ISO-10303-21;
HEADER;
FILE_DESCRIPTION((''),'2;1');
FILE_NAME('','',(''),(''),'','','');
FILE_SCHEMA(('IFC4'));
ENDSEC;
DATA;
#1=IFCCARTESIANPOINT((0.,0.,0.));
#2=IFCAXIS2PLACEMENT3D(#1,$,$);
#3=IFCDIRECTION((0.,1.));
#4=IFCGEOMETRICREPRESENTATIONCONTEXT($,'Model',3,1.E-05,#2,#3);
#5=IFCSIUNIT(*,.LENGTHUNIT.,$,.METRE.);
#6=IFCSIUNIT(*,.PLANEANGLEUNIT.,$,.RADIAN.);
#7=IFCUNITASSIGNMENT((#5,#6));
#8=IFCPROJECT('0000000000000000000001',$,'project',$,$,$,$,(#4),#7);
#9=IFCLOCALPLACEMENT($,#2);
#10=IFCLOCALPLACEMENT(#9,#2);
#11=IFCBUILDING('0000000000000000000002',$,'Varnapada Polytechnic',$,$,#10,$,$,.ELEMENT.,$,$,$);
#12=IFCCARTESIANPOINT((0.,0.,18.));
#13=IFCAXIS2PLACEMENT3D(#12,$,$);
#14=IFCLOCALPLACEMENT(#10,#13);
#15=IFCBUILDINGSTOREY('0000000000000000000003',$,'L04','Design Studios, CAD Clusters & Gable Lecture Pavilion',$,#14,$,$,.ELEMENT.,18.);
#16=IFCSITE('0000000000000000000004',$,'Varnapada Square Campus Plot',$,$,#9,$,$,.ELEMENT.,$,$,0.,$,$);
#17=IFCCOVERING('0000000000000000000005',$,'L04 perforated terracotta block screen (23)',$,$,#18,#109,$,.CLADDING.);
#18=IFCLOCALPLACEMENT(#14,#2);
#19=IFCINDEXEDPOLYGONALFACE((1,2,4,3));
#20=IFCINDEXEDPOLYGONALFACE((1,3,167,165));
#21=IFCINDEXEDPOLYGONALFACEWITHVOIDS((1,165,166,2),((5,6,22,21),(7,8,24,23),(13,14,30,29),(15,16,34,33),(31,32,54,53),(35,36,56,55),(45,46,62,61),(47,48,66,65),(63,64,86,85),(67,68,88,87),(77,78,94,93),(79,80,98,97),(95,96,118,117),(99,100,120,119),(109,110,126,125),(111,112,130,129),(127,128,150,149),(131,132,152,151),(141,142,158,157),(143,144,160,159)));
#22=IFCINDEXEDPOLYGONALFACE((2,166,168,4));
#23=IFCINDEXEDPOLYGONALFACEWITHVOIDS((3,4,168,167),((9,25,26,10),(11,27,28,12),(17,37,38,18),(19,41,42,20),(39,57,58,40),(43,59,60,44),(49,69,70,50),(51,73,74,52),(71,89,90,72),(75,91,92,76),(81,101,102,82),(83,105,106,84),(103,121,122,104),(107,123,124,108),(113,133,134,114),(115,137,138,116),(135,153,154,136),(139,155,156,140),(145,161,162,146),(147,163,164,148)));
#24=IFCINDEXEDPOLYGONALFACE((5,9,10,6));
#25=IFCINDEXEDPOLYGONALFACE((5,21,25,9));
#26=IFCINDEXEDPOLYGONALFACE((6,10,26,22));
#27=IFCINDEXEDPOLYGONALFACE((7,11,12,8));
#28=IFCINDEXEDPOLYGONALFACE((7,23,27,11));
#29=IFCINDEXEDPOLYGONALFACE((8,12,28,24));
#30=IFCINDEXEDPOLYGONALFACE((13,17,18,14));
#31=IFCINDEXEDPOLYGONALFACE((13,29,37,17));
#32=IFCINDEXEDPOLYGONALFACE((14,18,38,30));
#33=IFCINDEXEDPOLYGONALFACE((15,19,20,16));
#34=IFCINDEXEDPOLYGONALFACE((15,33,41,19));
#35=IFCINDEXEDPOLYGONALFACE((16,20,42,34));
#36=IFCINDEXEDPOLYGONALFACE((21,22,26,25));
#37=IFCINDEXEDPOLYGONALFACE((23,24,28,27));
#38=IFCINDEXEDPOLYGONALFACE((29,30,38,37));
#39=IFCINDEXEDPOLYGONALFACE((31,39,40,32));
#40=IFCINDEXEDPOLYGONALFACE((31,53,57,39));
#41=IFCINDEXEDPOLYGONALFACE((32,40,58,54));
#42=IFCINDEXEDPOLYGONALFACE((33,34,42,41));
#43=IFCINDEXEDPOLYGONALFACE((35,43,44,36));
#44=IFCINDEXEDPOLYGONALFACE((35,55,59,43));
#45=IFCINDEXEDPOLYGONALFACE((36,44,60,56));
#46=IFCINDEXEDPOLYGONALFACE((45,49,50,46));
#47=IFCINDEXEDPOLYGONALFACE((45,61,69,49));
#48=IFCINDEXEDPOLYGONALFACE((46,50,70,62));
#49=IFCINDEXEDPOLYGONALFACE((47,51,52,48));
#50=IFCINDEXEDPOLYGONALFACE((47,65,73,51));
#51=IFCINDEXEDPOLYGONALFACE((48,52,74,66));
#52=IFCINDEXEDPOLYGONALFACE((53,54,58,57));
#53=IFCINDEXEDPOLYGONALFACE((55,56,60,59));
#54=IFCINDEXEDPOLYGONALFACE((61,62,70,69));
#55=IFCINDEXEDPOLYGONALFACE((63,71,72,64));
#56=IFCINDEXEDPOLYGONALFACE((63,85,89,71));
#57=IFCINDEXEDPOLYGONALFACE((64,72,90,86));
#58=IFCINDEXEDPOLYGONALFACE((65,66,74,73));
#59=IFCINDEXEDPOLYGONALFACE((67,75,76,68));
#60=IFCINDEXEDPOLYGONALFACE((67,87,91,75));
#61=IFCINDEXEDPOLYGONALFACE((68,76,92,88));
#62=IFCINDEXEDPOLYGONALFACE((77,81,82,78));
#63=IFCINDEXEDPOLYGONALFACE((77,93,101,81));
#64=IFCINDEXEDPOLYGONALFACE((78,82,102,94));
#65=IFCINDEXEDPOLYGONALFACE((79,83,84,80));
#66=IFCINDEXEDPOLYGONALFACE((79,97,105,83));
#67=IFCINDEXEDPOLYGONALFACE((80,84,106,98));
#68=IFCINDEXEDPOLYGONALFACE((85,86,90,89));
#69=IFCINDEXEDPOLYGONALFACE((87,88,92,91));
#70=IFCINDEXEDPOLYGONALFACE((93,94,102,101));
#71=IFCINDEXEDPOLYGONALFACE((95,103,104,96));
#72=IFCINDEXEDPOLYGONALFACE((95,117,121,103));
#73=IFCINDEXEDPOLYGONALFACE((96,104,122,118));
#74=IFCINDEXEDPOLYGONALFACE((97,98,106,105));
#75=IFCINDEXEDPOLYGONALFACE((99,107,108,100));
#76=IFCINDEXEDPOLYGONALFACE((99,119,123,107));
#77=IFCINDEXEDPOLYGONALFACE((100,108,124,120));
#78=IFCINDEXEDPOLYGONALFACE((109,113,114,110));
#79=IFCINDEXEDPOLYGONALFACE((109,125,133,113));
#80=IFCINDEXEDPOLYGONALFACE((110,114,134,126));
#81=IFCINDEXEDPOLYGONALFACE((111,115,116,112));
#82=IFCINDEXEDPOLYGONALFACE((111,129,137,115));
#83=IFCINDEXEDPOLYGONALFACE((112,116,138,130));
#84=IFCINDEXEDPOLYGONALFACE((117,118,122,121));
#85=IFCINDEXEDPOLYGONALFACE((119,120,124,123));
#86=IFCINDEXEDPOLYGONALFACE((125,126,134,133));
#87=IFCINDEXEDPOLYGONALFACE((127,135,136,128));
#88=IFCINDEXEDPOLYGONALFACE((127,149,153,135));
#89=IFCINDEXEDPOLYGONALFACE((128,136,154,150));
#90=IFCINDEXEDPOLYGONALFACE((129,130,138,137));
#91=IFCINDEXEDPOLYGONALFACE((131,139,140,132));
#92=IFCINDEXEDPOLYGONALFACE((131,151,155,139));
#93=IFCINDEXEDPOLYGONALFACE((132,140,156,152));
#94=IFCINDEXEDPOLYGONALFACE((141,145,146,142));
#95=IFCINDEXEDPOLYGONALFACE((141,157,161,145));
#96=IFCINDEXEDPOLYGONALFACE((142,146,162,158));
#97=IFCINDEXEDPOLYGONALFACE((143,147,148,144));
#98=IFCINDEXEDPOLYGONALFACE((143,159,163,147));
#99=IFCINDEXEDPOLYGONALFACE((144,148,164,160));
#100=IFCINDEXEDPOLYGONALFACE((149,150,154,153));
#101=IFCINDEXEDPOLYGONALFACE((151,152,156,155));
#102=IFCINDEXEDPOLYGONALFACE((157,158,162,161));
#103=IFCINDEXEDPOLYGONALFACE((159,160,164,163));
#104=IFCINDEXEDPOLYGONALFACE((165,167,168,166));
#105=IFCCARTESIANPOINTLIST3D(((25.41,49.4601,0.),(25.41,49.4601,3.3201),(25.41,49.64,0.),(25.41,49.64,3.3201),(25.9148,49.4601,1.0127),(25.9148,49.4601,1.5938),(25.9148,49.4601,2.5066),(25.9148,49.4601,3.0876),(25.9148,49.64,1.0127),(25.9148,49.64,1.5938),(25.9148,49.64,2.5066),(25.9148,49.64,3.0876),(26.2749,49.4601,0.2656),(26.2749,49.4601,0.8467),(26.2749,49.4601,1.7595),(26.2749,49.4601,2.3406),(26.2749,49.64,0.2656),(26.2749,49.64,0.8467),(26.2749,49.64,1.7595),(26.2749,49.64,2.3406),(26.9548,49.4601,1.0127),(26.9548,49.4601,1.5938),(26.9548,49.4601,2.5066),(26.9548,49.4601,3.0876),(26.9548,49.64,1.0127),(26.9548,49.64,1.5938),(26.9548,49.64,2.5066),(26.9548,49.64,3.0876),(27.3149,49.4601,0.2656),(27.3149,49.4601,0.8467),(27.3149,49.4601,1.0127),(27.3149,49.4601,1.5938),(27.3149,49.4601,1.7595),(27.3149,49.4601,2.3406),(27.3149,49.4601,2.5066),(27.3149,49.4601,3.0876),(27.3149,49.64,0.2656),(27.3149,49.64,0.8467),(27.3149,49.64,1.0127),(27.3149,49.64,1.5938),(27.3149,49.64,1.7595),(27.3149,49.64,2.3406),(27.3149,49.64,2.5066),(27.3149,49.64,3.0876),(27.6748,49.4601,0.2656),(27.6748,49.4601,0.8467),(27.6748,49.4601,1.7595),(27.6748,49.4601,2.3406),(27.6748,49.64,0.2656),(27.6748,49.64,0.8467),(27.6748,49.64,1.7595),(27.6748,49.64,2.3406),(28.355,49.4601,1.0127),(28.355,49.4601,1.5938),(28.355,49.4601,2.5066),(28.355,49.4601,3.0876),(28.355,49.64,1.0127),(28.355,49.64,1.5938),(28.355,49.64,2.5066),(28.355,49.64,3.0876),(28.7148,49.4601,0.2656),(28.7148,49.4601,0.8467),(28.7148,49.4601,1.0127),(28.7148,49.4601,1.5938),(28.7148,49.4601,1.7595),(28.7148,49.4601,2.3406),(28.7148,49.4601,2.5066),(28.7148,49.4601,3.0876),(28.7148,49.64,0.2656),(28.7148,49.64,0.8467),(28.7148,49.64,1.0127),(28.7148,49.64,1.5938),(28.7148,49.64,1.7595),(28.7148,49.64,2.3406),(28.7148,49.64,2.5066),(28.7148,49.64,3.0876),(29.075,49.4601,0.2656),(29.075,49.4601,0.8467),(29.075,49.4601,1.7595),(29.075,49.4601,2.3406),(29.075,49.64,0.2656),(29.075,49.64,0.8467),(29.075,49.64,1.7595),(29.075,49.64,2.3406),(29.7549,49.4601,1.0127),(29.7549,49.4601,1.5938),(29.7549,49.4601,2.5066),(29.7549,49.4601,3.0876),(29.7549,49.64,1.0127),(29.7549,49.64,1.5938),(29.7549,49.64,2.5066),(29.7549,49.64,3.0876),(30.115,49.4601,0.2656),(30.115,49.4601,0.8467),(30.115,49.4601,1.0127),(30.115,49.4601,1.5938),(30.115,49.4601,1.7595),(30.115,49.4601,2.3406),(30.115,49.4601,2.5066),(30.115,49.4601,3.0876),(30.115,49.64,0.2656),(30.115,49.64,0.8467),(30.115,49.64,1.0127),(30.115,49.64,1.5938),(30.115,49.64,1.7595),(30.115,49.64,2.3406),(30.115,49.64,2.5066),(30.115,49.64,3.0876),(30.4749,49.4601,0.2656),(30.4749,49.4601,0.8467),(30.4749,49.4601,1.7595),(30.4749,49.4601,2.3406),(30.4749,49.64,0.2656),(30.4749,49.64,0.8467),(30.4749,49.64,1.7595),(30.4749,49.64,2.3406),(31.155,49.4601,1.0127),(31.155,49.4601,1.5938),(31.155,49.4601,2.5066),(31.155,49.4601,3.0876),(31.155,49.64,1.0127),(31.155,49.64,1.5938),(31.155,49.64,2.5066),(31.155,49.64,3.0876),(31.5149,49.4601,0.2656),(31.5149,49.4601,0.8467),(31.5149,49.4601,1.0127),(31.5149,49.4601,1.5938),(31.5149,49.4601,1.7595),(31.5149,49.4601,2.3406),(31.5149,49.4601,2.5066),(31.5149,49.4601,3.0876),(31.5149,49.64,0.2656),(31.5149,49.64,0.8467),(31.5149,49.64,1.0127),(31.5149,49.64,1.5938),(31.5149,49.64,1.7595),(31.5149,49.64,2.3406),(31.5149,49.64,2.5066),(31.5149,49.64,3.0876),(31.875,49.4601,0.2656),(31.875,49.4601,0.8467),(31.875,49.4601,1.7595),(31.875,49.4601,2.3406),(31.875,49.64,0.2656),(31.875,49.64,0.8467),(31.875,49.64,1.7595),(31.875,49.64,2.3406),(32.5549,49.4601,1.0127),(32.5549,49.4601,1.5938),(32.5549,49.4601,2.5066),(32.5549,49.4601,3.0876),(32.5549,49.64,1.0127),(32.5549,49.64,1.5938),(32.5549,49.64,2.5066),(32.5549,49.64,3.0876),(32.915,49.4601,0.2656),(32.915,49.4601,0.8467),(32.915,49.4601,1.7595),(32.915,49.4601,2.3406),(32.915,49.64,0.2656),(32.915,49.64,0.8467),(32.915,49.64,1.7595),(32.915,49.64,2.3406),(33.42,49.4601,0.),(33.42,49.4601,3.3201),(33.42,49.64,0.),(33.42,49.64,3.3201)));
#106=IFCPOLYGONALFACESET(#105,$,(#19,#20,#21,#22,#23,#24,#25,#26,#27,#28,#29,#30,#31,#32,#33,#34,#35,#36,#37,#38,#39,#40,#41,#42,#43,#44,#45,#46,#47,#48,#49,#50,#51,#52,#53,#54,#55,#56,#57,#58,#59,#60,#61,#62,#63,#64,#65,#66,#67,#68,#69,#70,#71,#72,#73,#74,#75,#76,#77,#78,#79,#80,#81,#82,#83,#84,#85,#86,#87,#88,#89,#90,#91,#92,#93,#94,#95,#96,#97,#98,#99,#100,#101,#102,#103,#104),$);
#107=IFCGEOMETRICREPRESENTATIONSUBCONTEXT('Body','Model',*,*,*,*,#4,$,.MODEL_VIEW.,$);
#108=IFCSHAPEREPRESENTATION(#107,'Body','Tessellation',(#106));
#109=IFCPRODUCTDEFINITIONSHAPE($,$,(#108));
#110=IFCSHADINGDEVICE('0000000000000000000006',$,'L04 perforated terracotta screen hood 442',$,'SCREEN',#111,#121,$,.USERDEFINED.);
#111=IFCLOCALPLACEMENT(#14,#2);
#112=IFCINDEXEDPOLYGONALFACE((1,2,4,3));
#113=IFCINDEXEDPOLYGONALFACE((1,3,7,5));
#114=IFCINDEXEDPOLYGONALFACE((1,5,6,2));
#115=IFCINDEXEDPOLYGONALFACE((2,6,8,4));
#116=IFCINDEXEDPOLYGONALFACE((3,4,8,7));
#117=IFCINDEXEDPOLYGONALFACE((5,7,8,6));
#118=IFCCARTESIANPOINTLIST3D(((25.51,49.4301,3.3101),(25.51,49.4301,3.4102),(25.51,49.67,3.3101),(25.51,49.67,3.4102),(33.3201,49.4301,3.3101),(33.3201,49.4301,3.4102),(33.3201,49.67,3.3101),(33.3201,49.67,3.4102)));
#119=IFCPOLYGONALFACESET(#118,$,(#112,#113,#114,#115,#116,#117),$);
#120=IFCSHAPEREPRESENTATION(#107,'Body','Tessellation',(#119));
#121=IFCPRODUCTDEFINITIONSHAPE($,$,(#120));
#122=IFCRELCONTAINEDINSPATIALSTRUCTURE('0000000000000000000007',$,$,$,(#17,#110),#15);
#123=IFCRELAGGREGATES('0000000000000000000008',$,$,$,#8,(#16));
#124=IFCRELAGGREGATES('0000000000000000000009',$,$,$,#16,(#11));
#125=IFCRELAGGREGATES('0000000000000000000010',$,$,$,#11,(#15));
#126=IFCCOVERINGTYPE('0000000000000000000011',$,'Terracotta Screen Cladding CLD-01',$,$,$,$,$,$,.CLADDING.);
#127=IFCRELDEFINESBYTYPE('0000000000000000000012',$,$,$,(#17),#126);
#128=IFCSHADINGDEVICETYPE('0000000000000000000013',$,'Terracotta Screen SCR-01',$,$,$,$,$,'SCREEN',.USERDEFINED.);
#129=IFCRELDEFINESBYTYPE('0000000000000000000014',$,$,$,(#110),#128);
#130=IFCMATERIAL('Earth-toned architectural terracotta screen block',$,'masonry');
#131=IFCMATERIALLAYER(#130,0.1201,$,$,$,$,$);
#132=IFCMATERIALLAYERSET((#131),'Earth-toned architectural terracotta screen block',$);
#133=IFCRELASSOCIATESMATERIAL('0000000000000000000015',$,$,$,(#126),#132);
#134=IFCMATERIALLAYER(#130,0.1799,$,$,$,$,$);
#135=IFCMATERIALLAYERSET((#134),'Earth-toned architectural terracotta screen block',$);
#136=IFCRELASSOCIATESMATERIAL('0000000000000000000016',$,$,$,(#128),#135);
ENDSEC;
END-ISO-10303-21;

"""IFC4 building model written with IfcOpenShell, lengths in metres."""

from ifc_helpers import new_model, si_unit, direction, frame, frame_2d, origin, origin_2d, place, context, subcontext, project, spatial, rectangle, extrude, material, layer, layer_set, type_object, element, save


model = new_model("IFC4")

# Units and contexts
model_context = context("Model", 3, precision=1e-05, world=origin(), true_north=direction((0.0, 1.0)))
body_context = subcontext(model_context, "Body", "Model", "MODEL_VIEW")
ifc_project = project(units=[si_unit("LENGTHUNIT", "METRE"), si_unit("PLANEANGLEUNIT", "RADIAN")], contexts=[model_context])

# Site, building, storey
site_placement = place(None, origin())
site = spatial("IfcSite", under=ifc_project, at=site_placement, Name="Varnapada Square Campus Plot", CompositionType="ELEMENT", RefElevation=0.0)
building_placement = place(site_placement, origin())
building = spatial("IfcBuilding", under=site, at=building_placement, Name="Varnapada Polytechnic", CompositionType="ELEMENT")
storey_placement = place(building_placement, frame((0.0, 0.0, 18.0)))
storey = spatial("IfcBuildingStorey", under=building, at=storey_placement, Name="L04", Description="Design Studios, CAD Clusters & Gable Lecture Pavilion", CompositionType="ELEMENT", Elevation=18.0)

# Covering, openings
ifc_material_1 = material(Name="Earth-toned architectural terracotta screen block", Category="masonry")
ifc_layer_1 = layer(ifc_material_1, 0.1201)
ifc_layer_set_1 = layer_set([ifc_layer_1], Name="Earth-toned architectural terracotta screen block")
covering_type = type_object("IfcCoveringType", Name="Terracotta Screen Cladding CLD-01", PredefinedType="CLADDING", material=ifc_layer_set_1)
covering_placement = place(storey_placement, frame((33.4199, 49.55, 0.0), z_axis=(0.0, 0.0, 1.0), x_axis=(-1.0, 0.0, 0.0)))
covering = element("IfcCovering", 1, at=covering_placement, inside=storey, type_object=covering_type, Name="L04 perforated terracotta block screen (23)", PredefinedType="CLADDING", context=body_context, shape_type="SweptSolid", body=[
    extrude(rectangle(XDim=8.01, YDim=0.1799, at=frame_2d((4.0049, 0.0))), origin(), (0.0, 0.0, 1.0), 3.3201),
])
opening_1_placement = place(covering_placement, frame((0.5049, 0.0, 0.2656)))
element("IfcOpeningElement", 2, at=opening_1_placement, cuts=covering, PredefinedType="OPENING", context=body_context, shape_type="SweptSolid", body=[
    extrude(rectangle(XDim=1.04, YDim=0.5811, at=frame_2d((0.52, 0.2905))), frame((0.0, 0.0999, 0.0), z_axis=(0.0, -1.0, 0.0), x_axis=(1.0, 0.0, 0.0)), (0.0, 0.0, 1.0), 0.2),
])
opening_2_placement = place(covering_placement, frame((1.905, 0.0, 0.2656)))
element("IfcOpeningElement", 3, at=opening_2_placement, cuts=covering, PredefinedType="OPENING", context=body_context, shape_type="SweptSolid", body=[
    extrude(rectangle(XDim=1.04, YDim=0.5811, at=frame_2d((0.52, 0.2905))), frame((0.0, 0.0999, 0.0), z_axis=(0.0, -1.0, 0.0), x_axis=(1.0, 0.0, 0.0)), (0.0, 0.0, 1.0), 0.2),
])
opening_3_placement = place(covering_placement, frame((3.3049, 0.0, 0.2656)))
element("IfcOpeningElement", 4, at=opening_3_placement, cuts=covering, PredefinedType="OPENING", context=body_context, shape_type="SweptSolid", body=[
    extrude(rectangle(XDim=1.04, YDim=0.5811, at=frame_2d((0.52, 0.2905))), frame((0.0, 0.0999, 0.0), z_axis=(0.0, -1.0, 0.0), x_axis=(1.0, 0.0, 0.0)), (0.0, 0.0, 1.0), 0.2),
])
opening_4_placement = place(covering_placement, frame((4.7051, 0.0, 0.2656)))
element("IfcOpeningElement", 5, at=opening_4_placement, cuts=covering, PredefinedType="OPENING", context=body_context, shape_type="SweptSolid", body=[
    extrude(rectangle(XDim=1.04, YDim=0.5811, at=frame_2d((0.52, 0.2905))), frame((0.0, 0.0999, 0.0), z_axis=(0.0, -1.0, 0.0), x_axis=(1.0, 0.0, 0.0)), (0.0, 0.0, 1.0), 0.2),
])
opening_5_placement = place(covering_placement, frame((6.105, 0.0, 0.2656)))
element("IfcOpeningElement", 6, at=opening_5_placement, cuts=covering, PredefinedType="OPENING", context=body_context, shape_type="SweptSolid", body=[
    extrude(rectangle(XDim=1.04, YDim=0.5811, at=frame_2d((0.52, 0.2905))), frame((0.0, 0.0999, 0.0), z_axis=(0.0, -1.0, 0.0), x_axis=(1.0, 0.0, 0.0)), (0.0, 0.0, 1.0), 0.2),
])
opening_6_placement = place(covering_placement, frame((0.865, 0.0, 1.0127)))
element("IfcOpeningElement", 7, at=opening_6_placement, cuts=covering, PredefinedType="OPENING", context=body_context, shape_type="SweptSolid", body=[
    extrude(rectangle(XDim=1.04, YDim=0.5811, at=frame_2d((0.52, 0.2905))), frame((0.0, 0.0999, 0.0), z_axis=(0.0, -1.0, 0.0), x_axis=(1.0, 0.0, 0.0)), (0.0, 0.0, 1.0), 0.2),
])
opening_7_placement = place(covering_placement, frame((2.2649, 0.0, 1.0127)))
element("IfcOpeningElement", 8, at=opening_7_placement, cuts=covering, PredefinedType="OPENING", context=body_context, shape_type="SweptSolid", body=[
    extrude(rectangle(XDim=1.04, YDim=0.5811, at=frame_2d((0.52, 0.2905))), frame((0.0, 0.0999, 0.0), z_axis=(0.0, -1.0, 0.0), x_axis=(1.0, 0.0, 0.0)), (0.0, 0.0, 1.0), 0.2),
])
opening_8_placement = place(covering_placement, frame((3.665, 0.0, 1.0127)))
element("IfcOpeningElement", 9, at=opening_8_placement, cuts=covering, PredefinedType="OPENING", context=body_context, shape_type="SweptSolid", body=[
    extrude(rectangle(XDim=1.04, YDim=0.5811, at=frame_2d((0.52, 0.2905))), frame((0.0, 0.0999, 0.0), z_axis=(0.0, -1.0, 0.0), x_axis=(1.0, 0.0, 0.0)), (0.0, 0.0, 1.0), 0.2),
])
opening_9_placement = place(covering_placement, frame((5.0649, 0.0, 1.0127)))
element("IfcOpeningElement", 10, at=opening_9_placement, cuts=covering, PredefinedType="OPENING", context=body_context, shape_type="SweptSolid", body=[
    extrude(rectangle(XDim=1.04, YDim=0.5811, at=frame_2d((0.52, 0.2905))), frame((0.0, 0.0999, 0.0), z_axis=(0.0, -1.0, 0.0), x_axis=(1.0, 0.0, 0.0)), (0.0, 0.0, 1.0), 0.2),
])
opening_10_placement = place(covering_placement, frame((6.4651, 0.0, 1.0127)))
element("IfcOpeningElement", 11, at=opening_10_placement, cuts=covering, PredefinedType="OPENING", context=body_context, shape_type="SweptSolid", body=[
    extrude(rectangle(XDim=1.04, YDim=0.5811, at=frame_2d((0.52, 0.2905))), frame((0.0, 0.0999, 0.0), z_axis=(0.0, -1.0, 0.0), x_axis=(1.0, 0.0, 0.0)), (0.0, 0.0, 1.0), 0.2),
])
opening_11_placement = place(covering_placement, frame((0.5049, 0.0, 1.7595)))
element("IfcOpeningElement", 12, at=opening_11_placement, cuts=covering, PredefinedType="OPENING", context=body_context, shape_type="SweptSolid", body=[
    extrude(rectangle(XDim=1.04, YDim=0.5811, at=frame_2d((0.52, 0.2905))), frame((0.0, 0.0999, 0.0), z_axis=(0.0, -1.0, 0.0), x_axis=(1.0, 0.0, 0.0)), (0.0, 0.0, 1.0), 0.2),
])
opening_12_placement = place(covering_placement, frame((1.905, 0.0, 1.7595)))
element("IfcOpeningElement", 13, at=opening_12_placement, cuts=covering, PredefinedType="OPENING", context=body_context, shape_type="SweptSolid", body=[
    extrude(rectangle(XDim=1.04, YDim=0.5811, at=frame_2d((0.52, 0.2905))), frame((0.0, 0.0999, 0.0), z_axis=(0.0, -1.0, 0.0), x_axis=(1.0, 0.0, 0.0)), (0.0, 0.0, 1.0), 0.2),
])
opening_13_placement = place(covering_placement, frame((3.3049, 0.0, 1.7595)))
element("IfcOpeningElement", 14, at=opening_13_placement, cuts=covering, PredefinedType="OPENING", context=body_context, shape_type="SweptSolid", body=[
    extrude(rectangle(XDim=1.04, YDim=0.5811, at=frame_2d((0.52, 0.2905))), frame((0.0, 0.0999, 0.0), z_axis=(0.0, -1.0, 0.0), x_axis=(1.0, 0.0, 0.0)), (0.0, 0.0, 1.0), 0.2),
])
opening_14_placement = place(covering_placement, frame((4.7051, 0.0, 1.7595)))
element("IfcOpeningElement", 15, at=opening_14_placement, cuts=covering, PredefinedType="OPENING", context=body_context, shape_type="SweptSolid", body=[
    extrude(rectangle(XDim=1.04, YDim=0.5811, at=frame_2d((0.52, 0.2905))), frame((0.0, 0.0999, 0.0), z_axis=(0.0, -1.0, 0.0), x_axis=(1.0, 0.0, 0.0)), (0.0, 0.0, 1.0), 0.2),
])
opening_15_placement = place(covering_placement, frame((6.105, 0.0, 1.7595)))
element("IfcOpeningElement", 16, at=opening_15_placement, cuts=covering, PredefinedType="OPENING", context=body_context, shape_type="SweptSolid", body=[
    extrude(rectangle(XDim=1.04, YDim=0.5811, at=frame_2d((0.52, 0.2905))), frame((0.0, 0.0999, 0.0), z_axis=(0.0, -1.0, 0.0), x_axis=(1.0, 0.0, 0.0)), (0.0, 0.0, 1.0), 0.2),
])
opening_16_placement = place(covering_placement, frame((0.865, 0.0, 2.5066)))
element("IfcOpeningElement", 17, at=opening_16_placement, cuts=covering, PredefinedType="OPENING", context=body_context, shape_type="SweptSolid", body=[
    extrude(rectangle(XDim=1.04, YDim=0.5811, at=frame_2d((0.52, 0.2905))), frame((0.0, 0.0999, 0.0), z_axis=(0.0, -1.0, 0.0), x_axis=(1.0, 0.0, 0.0)), (0.0, 0.0, 1.0), 0.2),
])
opening_17_placement = place(covering_placement, frame((2.2649, 0.0, 2.5066)))
element("IfcOpeningElement", 18, at=opening_17_placement, cuts=covering, PredefinedType="OPENING", context=body_context, shape_type="SweptSolid", body=[
    extrude(rectangle(XDim=1.04, YDim=0.5811, at=frame_2d((0.52, 0.2905))), frame((0.0, 0.0999, 0.0), z_axis=(0.0, -1.0, 0.0), x_axis=(1.0, 0.0, 0.0)), (0.0, 0.0, 1.0), 0.2),
])
opening_18_placement = place(covering_placement, frame((3.665, 0.0, 2.5066)))
element("IfcOpeningElement", 19, at=opening_18_placement, cuts=covering, PredefinedType="OPENING", context=body_context, shape_type="SweptSolid", body=[
    extrude(rectangle(XDim=1.04, YDim=0.5811, at=frame_2d((0.52, 0.2905))), frame((0.0, 0.0999, 0.0), z_axis=(0.0, -1.0, 0.0), x_axis=(1.0, 0.0, 0.0)), (0.0, 0.0, 1.0), 0.2),
])
opening_19_placement = place(covering_placement, frame((5.0649, 0.0, 2.5066)))
element("IfcOpeningElement", 20, at=opening_19_placement, cuts=covering, PredefinedType="OPENING", context=body_context, shape_type="SweptSolid", body=[
    extrude(rectangle(XDim=1.04, YDim=0.5811, at=frame_2d((0.52, 0.2905))), frame((0.0, 0.0999, 0.0), z_axis=(0.0, -1.0, 0.0), x_axis=(1.0, 0.0, 0.0)), (0.0, 0.0, 1.0), 0.2),
])
opening_20_placement = place(covering_placement, frame((6.4651, 0.0, 2.5066)))
element("IfcOpeningElement", 21, at=opening_20_placement, cuts=covering, PredefinedType="OPENING", context=body_context, shape_type="SweptSolid", body=[
    extrude(rectangle(XDim=1.04, YDim=0.5811, at=frame_2d((0.52, 0.2905))), frame((0.0, 0.0999, 0.0), z_axis=(0.0, -1.0, 0.0), x_axis=(1.0, 0.0, 0.0)), (0.0, 0.0, 1.0), 0.2),
])

# Shading device
ifc_layer_2 = layer(ifc_material_1, 0.1799)
ifc_layer_set_2 = layer_set([ifc_layer_2], Name="Earth-toned architectural terracotta screen block")
shading_device_type = type_object("IfcShadingDeviceType", Name="Terracotta Screen SCR-01", ElementType="SCREEN", PredefinedType="USERDEFINED", material=ifc_layer_set_2)
shading_device_placement = place(storey_placement, frame((29.415, 49.55, 3.3101), z_axis=(0.0, 0.0, 1.0), x_axis=(-1.0, 0.0, 0.0)))
element("IfcShadingDevice", 22, at=shading_device_placement, inside=storey, type_object=shading_device_type, Name="L04 perforated terracotta screen hood 442", ObjectType="SCREEN", PredefinedType="USERDEFINED", context=body_context, shape_type="SweptSolid", body=[
    extrude(rectangle(XDim=7.8101, YDim=0.24, at=origin_2d()), origin(), (0.0, 0.0, 1.0), 0.1001),
])

save(model, "model.ifc")
